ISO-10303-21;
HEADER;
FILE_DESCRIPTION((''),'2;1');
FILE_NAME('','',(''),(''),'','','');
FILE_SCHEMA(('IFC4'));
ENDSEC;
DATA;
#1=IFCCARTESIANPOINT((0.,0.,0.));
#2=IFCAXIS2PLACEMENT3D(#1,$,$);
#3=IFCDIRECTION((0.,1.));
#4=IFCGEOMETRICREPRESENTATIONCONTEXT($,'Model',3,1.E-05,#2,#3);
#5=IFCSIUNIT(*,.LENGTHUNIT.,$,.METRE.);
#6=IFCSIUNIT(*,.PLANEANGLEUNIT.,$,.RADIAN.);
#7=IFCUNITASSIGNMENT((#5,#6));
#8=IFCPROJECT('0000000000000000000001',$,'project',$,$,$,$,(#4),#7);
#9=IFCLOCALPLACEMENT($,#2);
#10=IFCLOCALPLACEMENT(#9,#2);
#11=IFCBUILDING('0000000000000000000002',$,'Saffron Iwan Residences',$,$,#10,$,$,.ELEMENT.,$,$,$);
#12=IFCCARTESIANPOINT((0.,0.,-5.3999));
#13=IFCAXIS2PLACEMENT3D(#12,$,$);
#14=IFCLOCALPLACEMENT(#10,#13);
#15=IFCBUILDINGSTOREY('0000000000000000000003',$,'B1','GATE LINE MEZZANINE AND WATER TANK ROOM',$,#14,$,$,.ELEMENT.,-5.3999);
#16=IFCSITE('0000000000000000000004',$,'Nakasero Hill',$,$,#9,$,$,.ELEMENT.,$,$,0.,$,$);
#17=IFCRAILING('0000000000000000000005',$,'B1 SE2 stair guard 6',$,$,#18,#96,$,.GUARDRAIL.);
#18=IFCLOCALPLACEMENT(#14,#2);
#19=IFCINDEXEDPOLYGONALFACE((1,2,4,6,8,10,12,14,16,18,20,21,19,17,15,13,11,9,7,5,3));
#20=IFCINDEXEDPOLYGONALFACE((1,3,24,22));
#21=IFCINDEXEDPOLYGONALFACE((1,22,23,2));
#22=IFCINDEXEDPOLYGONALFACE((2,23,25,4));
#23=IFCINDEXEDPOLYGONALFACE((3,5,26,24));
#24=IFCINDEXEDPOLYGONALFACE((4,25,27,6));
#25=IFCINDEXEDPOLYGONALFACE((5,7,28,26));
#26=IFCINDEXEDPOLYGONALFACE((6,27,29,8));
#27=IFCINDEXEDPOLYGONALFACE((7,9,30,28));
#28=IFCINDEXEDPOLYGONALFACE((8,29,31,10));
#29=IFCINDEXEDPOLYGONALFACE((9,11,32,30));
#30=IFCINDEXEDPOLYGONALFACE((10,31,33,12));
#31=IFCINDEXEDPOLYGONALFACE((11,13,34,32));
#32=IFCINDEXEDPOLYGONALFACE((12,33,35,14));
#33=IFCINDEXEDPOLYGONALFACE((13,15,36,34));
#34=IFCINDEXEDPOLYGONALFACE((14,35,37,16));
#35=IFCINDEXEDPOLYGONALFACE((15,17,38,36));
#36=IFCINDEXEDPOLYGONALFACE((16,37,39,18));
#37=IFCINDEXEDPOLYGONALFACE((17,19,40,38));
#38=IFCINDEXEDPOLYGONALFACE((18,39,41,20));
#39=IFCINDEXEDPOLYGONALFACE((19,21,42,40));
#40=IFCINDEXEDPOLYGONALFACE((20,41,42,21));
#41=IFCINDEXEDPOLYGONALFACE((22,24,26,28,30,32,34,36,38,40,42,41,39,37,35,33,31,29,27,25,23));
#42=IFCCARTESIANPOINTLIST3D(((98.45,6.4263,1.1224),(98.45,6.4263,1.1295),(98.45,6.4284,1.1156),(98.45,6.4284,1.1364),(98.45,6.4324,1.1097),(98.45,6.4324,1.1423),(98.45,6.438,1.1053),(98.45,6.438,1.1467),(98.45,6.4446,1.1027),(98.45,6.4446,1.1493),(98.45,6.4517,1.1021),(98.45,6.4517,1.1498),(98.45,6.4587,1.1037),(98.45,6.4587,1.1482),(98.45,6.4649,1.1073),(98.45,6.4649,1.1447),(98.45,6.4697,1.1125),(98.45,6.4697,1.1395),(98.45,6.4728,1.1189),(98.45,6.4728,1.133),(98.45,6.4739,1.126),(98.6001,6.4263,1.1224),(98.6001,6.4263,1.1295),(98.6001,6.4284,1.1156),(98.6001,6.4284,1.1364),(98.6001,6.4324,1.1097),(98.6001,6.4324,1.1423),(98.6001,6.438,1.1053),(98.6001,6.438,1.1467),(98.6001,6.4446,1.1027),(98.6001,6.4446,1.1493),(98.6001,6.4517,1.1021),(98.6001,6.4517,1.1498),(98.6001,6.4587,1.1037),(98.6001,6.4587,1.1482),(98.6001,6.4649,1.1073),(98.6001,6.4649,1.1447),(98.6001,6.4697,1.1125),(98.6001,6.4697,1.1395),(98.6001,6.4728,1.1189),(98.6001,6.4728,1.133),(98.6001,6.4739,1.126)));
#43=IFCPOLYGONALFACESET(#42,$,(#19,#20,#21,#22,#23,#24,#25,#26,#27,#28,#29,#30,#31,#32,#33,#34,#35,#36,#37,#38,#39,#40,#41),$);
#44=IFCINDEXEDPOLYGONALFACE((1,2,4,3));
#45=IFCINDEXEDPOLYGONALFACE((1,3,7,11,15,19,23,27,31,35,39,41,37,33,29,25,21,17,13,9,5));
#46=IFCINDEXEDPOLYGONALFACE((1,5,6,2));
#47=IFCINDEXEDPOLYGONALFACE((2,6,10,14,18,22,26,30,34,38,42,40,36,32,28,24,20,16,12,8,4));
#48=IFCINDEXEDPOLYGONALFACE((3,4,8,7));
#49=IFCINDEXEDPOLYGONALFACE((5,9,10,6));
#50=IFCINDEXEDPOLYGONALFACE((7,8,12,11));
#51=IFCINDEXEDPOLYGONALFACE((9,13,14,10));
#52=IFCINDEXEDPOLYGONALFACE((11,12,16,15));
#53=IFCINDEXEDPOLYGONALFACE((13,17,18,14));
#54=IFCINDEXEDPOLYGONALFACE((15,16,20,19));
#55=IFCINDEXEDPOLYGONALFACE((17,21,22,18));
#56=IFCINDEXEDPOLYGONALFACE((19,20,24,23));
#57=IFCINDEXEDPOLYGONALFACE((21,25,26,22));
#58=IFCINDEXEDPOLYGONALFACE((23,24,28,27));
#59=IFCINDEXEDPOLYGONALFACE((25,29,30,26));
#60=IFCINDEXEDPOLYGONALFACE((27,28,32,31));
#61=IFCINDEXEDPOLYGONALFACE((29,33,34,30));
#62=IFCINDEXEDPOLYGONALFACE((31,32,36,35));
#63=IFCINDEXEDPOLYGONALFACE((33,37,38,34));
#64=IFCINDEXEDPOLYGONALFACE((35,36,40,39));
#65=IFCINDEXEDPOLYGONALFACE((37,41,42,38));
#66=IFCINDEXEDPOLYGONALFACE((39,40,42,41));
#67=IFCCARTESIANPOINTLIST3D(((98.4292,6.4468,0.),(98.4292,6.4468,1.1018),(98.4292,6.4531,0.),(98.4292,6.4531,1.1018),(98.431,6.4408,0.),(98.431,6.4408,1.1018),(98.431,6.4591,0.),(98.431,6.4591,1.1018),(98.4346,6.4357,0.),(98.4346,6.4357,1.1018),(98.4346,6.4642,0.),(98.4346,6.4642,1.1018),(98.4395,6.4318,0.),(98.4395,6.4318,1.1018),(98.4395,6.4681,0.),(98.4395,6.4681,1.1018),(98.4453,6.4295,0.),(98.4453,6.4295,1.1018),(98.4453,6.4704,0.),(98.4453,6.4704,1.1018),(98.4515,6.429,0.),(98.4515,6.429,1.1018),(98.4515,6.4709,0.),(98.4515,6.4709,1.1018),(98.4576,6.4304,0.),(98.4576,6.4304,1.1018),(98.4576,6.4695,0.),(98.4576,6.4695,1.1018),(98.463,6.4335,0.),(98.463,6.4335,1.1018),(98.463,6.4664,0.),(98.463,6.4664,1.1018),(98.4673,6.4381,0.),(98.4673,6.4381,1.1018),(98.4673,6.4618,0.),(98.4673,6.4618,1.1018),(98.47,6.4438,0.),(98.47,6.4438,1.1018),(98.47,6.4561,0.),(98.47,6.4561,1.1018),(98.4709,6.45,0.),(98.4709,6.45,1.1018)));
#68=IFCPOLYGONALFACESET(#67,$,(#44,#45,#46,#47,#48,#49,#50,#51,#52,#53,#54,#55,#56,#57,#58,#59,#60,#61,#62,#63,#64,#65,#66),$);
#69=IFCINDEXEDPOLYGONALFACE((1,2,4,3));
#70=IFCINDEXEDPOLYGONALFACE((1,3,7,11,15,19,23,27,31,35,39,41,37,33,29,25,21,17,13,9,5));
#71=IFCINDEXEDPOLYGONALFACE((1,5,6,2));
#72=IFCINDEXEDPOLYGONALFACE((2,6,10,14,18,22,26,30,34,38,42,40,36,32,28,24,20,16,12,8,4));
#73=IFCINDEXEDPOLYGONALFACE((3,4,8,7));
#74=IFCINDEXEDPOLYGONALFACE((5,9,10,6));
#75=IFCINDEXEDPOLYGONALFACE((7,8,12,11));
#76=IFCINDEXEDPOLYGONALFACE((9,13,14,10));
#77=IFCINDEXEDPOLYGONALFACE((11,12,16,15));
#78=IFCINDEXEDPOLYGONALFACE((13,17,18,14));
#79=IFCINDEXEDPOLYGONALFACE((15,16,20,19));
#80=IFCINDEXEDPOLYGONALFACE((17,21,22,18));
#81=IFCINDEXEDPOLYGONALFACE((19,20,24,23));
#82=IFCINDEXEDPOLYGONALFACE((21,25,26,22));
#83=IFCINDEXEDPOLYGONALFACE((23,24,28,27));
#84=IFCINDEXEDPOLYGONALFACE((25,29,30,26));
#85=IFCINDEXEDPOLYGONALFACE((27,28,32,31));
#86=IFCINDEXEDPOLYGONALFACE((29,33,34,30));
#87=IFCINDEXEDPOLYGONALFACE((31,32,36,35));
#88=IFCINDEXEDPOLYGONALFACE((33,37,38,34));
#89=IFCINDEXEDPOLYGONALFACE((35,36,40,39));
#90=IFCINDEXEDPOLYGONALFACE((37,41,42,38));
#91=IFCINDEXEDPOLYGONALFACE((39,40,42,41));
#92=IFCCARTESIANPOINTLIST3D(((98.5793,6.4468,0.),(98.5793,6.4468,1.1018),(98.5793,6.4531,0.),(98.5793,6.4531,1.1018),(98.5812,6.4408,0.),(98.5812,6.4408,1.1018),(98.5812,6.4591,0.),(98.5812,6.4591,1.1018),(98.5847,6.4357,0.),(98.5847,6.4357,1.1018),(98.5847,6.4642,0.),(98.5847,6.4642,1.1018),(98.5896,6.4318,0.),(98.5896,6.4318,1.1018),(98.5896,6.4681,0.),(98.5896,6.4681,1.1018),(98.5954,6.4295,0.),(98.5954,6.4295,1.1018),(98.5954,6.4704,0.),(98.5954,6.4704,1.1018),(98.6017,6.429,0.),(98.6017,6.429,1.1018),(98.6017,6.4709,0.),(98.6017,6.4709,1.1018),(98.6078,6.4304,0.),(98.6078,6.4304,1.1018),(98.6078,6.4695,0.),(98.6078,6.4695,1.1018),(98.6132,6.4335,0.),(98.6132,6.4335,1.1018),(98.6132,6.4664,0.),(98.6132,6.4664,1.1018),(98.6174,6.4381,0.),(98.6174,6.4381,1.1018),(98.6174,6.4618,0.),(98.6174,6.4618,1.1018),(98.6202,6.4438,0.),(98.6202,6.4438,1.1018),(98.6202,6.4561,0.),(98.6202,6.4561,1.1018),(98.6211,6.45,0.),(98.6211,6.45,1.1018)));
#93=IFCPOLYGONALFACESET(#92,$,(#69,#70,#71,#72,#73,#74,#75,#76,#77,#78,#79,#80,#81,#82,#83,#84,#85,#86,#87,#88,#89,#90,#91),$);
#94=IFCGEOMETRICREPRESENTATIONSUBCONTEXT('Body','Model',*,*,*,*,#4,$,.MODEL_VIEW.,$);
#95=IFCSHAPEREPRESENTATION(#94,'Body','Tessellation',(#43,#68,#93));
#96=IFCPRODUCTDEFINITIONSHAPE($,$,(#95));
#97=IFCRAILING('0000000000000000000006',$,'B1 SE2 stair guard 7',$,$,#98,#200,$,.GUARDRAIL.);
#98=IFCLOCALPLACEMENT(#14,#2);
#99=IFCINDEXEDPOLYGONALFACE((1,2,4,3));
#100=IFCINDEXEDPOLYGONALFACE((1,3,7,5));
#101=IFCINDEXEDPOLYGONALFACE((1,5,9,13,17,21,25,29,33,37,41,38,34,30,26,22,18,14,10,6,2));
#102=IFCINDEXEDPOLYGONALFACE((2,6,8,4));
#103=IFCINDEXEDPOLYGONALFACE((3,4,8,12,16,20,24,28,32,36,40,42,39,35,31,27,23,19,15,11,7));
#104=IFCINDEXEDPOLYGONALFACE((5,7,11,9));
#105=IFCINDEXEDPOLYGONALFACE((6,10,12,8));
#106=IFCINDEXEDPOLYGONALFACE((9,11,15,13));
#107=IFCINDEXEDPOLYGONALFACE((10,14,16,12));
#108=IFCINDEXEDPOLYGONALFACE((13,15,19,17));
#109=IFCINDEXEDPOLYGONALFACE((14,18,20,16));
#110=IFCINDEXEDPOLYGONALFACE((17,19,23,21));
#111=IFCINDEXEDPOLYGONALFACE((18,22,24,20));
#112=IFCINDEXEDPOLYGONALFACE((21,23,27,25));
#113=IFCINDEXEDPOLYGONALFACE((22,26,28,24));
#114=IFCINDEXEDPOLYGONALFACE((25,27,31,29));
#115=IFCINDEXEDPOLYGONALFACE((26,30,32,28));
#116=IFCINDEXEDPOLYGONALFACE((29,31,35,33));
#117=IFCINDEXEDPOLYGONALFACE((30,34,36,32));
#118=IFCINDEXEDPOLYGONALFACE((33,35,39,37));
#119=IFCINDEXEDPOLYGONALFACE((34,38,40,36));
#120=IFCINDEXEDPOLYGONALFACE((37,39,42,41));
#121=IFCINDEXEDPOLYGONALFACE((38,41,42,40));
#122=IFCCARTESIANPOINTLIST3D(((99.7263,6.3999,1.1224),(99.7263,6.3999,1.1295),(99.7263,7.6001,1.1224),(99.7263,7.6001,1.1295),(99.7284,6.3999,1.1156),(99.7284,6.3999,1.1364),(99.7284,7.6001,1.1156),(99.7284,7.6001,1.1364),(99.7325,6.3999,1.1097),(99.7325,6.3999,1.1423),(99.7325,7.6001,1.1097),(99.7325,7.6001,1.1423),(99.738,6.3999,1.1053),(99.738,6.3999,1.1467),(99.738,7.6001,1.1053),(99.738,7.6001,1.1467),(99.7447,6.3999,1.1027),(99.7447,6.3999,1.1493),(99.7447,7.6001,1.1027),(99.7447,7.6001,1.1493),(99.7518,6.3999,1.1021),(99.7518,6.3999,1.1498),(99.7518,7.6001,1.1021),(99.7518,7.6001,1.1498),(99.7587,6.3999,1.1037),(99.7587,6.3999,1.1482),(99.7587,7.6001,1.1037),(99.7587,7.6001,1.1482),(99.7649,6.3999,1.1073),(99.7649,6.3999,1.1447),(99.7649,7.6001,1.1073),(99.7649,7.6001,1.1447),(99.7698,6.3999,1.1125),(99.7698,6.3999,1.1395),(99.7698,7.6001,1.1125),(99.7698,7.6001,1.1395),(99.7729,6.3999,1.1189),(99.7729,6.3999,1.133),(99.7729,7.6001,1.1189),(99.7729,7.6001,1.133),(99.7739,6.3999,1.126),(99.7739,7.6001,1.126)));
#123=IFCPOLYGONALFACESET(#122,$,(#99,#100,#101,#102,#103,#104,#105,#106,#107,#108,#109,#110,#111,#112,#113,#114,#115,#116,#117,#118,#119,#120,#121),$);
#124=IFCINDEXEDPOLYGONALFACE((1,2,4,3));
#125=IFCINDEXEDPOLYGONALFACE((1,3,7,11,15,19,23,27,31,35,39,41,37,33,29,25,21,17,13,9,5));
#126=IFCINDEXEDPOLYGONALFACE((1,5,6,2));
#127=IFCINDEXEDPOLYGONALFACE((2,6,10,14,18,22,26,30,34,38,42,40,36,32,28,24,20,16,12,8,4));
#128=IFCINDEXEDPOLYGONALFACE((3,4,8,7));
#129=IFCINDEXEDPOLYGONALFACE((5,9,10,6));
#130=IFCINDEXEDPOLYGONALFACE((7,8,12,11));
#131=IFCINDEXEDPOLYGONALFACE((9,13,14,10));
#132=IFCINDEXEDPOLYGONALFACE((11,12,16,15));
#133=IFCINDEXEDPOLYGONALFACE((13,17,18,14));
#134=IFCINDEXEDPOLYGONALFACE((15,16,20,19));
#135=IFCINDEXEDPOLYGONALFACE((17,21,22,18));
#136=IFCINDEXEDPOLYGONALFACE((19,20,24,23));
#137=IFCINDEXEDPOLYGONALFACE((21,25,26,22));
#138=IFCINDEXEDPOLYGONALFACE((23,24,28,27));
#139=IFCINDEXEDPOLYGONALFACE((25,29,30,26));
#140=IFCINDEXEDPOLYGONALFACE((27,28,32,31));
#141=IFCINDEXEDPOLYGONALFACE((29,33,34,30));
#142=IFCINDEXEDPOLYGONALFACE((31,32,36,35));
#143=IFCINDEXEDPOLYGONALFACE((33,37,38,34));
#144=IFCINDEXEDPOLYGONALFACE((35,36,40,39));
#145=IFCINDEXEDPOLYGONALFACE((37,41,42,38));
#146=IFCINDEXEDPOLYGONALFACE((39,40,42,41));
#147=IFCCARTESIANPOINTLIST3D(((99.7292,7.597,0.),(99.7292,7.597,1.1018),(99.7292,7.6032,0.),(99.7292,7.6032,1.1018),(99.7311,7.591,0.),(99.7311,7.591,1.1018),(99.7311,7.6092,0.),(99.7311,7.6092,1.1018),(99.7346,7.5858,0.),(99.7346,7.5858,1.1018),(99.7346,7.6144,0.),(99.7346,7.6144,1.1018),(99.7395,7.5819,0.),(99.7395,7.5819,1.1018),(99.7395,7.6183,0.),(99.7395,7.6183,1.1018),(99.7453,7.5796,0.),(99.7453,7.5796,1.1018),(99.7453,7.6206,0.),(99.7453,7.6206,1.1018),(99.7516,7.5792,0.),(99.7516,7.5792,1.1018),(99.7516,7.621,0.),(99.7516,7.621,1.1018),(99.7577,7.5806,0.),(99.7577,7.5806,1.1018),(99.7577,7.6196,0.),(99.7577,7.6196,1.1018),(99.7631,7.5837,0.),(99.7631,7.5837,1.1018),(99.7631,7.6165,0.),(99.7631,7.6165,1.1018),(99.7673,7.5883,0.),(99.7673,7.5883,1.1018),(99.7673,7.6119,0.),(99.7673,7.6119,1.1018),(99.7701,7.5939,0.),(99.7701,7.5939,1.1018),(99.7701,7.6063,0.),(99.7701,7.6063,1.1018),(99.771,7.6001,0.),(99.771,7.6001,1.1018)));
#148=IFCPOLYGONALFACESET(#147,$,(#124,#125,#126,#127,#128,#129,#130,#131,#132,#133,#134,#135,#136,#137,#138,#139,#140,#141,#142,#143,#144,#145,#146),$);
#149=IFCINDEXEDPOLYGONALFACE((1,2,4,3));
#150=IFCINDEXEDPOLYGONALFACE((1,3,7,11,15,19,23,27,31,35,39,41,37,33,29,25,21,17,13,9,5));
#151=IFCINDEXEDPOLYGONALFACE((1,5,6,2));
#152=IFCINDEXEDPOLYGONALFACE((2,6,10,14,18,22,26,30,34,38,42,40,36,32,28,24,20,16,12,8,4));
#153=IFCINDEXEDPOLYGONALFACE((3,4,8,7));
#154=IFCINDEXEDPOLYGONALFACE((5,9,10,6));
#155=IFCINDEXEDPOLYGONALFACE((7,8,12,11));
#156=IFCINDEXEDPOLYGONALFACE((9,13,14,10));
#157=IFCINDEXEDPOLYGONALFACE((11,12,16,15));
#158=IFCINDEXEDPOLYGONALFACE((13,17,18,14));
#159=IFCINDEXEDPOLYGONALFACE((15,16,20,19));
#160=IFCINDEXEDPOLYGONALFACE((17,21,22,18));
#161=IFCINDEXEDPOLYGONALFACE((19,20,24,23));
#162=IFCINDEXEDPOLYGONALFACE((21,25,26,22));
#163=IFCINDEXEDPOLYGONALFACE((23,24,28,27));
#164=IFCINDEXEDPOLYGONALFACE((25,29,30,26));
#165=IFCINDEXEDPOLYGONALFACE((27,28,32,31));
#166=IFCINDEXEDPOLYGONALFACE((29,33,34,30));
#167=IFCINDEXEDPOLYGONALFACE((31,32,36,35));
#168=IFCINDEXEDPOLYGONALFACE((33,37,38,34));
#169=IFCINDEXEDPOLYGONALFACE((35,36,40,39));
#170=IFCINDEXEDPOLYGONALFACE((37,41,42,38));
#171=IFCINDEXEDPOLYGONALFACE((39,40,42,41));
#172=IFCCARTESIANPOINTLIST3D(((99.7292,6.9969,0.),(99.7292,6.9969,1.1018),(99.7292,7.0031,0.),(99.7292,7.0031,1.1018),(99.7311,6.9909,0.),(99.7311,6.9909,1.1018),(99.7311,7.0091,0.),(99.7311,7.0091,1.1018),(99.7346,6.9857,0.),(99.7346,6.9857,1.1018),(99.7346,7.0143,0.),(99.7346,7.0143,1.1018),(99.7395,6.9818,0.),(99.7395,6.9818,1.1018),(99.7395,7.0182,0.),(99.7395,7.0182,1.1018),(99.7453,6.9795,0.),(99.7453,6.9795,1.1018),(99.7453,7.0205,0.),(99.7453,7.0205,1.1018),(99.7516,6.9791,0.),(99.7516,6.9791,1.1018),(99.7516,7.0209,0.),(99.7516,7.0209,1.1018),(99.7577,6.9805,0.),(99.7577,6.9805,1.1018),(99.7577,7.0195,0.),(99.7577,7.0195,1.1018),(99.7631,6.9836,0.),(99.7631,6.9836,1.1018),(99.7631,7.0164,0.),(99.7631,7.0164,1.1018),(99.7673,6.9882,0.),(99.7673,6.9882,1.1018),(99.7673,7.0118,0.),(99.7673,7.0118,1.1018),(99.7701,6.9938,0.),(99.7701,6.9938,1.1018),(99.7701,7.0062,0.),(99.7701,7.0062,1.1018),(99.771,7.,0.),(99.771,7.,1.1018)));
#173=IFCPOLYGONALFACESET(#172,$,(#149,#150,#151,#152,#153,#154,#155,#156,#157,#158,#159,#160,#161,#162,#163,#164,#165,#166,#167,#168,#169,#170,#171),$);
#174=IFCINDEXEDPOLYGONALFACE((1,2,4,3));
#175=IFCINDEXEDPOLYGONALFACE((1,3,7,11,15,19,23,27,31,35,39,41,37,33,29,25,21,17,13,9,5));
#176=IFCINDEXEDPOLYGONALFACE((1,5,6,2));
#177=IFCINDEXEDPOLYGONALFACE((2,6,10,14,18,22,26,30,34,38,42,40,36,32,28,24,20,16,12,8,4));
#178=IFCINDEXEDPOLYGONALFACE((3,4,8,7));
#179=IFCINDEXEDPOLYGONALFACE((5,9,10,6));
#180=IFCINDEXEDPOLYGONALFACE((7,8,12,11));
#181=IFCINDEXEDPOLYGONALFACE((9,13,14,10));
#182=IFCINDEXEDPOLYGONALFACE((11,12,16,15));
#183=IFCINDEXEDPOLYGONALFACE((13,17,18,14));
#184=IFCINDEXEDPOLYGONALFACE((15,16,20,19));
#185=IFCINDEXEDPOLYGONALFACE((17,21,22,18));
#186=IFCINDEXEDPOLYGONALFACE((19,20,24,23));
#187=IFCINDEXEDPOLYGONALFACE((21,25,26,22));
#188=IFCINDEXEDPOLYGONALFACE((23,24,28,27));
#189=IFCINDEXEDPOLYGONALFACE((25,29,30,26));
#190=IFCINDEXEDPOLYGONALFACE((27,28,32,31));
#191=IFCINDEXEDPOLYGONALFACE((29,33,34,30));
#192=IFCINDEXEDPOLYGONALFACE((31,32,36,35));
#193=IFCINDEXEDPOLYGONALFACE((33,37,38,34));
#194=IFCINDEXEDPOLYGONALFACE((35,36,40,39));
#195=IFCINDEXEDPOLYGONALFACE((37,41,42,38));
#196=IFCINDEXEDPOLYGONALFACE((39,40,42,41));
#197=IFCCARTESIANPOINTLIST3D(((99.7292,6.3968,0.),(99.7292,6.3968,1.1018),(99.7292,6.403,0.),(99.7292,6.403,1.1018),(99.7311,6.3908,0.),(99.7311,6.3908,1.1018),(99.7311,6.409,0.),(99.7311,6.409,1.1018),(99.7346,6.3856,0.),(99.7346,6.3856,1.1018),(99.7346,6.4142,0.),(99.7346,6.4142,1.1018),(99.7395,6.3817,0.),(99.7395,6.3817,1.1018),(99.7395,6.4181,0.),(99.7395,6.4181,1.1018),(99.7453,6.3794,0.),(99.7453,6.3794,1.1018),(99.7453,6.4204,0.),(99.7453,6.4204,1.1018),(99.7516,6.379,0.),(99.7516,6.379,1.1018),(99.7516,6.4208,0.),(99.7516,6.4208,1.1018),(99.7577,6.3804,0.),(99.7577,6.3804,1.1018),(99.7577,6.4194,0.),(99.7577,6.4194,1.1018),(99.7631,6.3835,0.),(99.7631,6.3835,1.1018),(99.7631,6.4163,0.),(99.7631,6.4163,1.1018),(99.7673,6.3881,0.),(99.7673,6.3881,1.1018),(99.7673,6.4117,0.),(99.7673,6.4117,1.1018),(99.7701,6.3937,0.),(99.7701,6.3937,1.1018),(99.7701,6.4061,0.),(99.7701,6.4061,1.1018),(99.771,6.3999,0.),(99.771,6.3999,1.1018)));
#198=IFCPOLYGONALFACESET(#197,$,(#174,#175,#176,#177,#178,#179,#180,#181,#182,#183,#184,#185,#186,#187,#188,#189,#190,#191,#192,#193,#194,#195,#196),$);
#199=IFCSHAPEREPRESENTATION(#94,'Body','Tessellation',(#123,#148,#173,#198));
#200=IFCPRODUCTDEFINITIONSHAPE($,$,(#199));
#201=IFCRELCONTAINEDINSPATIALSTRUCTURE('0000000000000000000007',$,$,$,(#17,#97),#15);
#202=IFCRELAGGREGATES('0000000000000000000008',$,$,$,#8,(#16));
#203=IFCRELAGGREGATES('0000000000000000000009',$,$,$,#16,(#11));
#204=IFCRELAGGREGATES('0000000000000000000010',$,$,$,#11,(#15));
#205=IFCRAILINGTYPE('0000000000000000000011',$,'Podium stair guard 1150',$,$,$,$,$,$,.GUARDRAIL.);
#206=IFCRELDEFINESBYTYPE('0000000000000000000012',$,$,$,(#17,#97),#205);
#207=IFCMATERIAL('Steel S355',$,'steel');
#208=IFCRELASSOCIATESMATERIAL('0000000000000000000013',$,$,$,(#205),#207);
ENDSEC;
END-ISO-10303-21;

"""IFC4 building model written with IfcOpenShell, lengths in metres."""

from ifc_helpers import new_model, si_unit, direction, frame, origin, origin_2d, place, context, subcontext, project, spatial, circle, extrude, material, type_object, element, save


model = new_model("IFC4")

# Units and contexts
model_context = context("Model", 3, precision=1e-05, world=origin(), true_north=direction((0.0, 1.0)))
body_context = subcontext(model_context, "Body", "Model", "MODEL_VIEW")
ifc_project = project(units=[si_unit("LENGTHUNIT", "METRE"), si_unit("PLANEANGLEUNIT", "RADIAN")], contexts=[model_context])

# Site, building, storey
site_placement = place(None, origin())
site = spatial("IfcSite", under=ifc_project, at=site_placement, Name="Nakasero Hill", CompositionType="ELEMENT", RefElevation=0.0)
building_placement = place(site_placement, origin())
building = spatial("IfcBuilding", under=site, at=building_placement, Name="Saffron Iwan Residences", CompositionType="ELEMENT")
storey_placement = place(building_placement, frame((0.0, 0.0, -5.3999)))
storey = spatial("IfcBuildingStorey", under=building, at=storey_placement, Name="B1", Description="GATE LINE MEZZANINE AND WATER TANK ROOM", CompositionType="ELEMENT", Elevation=-5.3999)

# Railings
ifc_material_1 = material(Name="Steel S355", Category="steel")
railing_type_1 = type_object("IfcRailingType", Name="Podium stair guard 1150", PredefinedType="GUARDRAIL", material=ifc_material_1)
railing_1_placement = place(storey_placement, frame((98.45, 6.45, 0.0)))
element("IfcRailing", 1, at=railing_1_placement, inside=storey, type_object=railing_type_1, Name="B1 SE2 stair guard 6", PredefinedType="GUARDRAIL", context=body_context, shape_type="SweptSolid", body=[
    extrude(circle(Radius=0.0239, at=origin_2d()), frame((0.0, 0.0, 1.126), z_axis=(1.0, 0.0, 0.0), x_axis=(0.0, 1.0, 0.0)), (0.0, 0.0, 1.0), 0.1501),
    extrude(circle(Radius=0.021, at=origin_2d()), origin(), (0.0, 0.0, 1.0), 1.1018),
    extrude(circle(Radius=0.021, at=origin_2d()), frame((0.1501, 0.0, 0.0)), (0.0, 0.0, 1.0), 1.1018),
])
railing_2_placement = place(storey_placement, frame((99.75, 7.6001, 0.0)))
element("IfcRailing", 2, at=railing_2_placement, inside=storey, type_object=railing_type_1, Name="B1 SE2 stair guard 7", PredefinedType="GUARDRAIL", context=body_context, shape_type="SweptSolid", body=[
    extrude(circle(Radius=0.0239, at=origin_2d()), frame((0.0, 0.0, 1.126), z_axis=(0.0, -1.0, 0.0), x_axis=(1.0, 0.0, 0.0)), (0.0, 0.0, 1.0), 1.2002),
    extrude(circle(Radius=0.021, at=origin_2d()), origin(), (0.0, 0.0, 1.0), 1.1018),
    extrude(circle(Radius=0.021, at=origin_2d()), frame((0.0, -0.6001, 0.0)), (0.0, 0.0, 1.0), 1.1018),
    extrude(circle(Radius=0.021, at=origin_2d()), frame((0.0, -1.2002, 0.0)), (0.0, 0.0, 1.0), 1.1018),
])

save(model, "model.ifc")
